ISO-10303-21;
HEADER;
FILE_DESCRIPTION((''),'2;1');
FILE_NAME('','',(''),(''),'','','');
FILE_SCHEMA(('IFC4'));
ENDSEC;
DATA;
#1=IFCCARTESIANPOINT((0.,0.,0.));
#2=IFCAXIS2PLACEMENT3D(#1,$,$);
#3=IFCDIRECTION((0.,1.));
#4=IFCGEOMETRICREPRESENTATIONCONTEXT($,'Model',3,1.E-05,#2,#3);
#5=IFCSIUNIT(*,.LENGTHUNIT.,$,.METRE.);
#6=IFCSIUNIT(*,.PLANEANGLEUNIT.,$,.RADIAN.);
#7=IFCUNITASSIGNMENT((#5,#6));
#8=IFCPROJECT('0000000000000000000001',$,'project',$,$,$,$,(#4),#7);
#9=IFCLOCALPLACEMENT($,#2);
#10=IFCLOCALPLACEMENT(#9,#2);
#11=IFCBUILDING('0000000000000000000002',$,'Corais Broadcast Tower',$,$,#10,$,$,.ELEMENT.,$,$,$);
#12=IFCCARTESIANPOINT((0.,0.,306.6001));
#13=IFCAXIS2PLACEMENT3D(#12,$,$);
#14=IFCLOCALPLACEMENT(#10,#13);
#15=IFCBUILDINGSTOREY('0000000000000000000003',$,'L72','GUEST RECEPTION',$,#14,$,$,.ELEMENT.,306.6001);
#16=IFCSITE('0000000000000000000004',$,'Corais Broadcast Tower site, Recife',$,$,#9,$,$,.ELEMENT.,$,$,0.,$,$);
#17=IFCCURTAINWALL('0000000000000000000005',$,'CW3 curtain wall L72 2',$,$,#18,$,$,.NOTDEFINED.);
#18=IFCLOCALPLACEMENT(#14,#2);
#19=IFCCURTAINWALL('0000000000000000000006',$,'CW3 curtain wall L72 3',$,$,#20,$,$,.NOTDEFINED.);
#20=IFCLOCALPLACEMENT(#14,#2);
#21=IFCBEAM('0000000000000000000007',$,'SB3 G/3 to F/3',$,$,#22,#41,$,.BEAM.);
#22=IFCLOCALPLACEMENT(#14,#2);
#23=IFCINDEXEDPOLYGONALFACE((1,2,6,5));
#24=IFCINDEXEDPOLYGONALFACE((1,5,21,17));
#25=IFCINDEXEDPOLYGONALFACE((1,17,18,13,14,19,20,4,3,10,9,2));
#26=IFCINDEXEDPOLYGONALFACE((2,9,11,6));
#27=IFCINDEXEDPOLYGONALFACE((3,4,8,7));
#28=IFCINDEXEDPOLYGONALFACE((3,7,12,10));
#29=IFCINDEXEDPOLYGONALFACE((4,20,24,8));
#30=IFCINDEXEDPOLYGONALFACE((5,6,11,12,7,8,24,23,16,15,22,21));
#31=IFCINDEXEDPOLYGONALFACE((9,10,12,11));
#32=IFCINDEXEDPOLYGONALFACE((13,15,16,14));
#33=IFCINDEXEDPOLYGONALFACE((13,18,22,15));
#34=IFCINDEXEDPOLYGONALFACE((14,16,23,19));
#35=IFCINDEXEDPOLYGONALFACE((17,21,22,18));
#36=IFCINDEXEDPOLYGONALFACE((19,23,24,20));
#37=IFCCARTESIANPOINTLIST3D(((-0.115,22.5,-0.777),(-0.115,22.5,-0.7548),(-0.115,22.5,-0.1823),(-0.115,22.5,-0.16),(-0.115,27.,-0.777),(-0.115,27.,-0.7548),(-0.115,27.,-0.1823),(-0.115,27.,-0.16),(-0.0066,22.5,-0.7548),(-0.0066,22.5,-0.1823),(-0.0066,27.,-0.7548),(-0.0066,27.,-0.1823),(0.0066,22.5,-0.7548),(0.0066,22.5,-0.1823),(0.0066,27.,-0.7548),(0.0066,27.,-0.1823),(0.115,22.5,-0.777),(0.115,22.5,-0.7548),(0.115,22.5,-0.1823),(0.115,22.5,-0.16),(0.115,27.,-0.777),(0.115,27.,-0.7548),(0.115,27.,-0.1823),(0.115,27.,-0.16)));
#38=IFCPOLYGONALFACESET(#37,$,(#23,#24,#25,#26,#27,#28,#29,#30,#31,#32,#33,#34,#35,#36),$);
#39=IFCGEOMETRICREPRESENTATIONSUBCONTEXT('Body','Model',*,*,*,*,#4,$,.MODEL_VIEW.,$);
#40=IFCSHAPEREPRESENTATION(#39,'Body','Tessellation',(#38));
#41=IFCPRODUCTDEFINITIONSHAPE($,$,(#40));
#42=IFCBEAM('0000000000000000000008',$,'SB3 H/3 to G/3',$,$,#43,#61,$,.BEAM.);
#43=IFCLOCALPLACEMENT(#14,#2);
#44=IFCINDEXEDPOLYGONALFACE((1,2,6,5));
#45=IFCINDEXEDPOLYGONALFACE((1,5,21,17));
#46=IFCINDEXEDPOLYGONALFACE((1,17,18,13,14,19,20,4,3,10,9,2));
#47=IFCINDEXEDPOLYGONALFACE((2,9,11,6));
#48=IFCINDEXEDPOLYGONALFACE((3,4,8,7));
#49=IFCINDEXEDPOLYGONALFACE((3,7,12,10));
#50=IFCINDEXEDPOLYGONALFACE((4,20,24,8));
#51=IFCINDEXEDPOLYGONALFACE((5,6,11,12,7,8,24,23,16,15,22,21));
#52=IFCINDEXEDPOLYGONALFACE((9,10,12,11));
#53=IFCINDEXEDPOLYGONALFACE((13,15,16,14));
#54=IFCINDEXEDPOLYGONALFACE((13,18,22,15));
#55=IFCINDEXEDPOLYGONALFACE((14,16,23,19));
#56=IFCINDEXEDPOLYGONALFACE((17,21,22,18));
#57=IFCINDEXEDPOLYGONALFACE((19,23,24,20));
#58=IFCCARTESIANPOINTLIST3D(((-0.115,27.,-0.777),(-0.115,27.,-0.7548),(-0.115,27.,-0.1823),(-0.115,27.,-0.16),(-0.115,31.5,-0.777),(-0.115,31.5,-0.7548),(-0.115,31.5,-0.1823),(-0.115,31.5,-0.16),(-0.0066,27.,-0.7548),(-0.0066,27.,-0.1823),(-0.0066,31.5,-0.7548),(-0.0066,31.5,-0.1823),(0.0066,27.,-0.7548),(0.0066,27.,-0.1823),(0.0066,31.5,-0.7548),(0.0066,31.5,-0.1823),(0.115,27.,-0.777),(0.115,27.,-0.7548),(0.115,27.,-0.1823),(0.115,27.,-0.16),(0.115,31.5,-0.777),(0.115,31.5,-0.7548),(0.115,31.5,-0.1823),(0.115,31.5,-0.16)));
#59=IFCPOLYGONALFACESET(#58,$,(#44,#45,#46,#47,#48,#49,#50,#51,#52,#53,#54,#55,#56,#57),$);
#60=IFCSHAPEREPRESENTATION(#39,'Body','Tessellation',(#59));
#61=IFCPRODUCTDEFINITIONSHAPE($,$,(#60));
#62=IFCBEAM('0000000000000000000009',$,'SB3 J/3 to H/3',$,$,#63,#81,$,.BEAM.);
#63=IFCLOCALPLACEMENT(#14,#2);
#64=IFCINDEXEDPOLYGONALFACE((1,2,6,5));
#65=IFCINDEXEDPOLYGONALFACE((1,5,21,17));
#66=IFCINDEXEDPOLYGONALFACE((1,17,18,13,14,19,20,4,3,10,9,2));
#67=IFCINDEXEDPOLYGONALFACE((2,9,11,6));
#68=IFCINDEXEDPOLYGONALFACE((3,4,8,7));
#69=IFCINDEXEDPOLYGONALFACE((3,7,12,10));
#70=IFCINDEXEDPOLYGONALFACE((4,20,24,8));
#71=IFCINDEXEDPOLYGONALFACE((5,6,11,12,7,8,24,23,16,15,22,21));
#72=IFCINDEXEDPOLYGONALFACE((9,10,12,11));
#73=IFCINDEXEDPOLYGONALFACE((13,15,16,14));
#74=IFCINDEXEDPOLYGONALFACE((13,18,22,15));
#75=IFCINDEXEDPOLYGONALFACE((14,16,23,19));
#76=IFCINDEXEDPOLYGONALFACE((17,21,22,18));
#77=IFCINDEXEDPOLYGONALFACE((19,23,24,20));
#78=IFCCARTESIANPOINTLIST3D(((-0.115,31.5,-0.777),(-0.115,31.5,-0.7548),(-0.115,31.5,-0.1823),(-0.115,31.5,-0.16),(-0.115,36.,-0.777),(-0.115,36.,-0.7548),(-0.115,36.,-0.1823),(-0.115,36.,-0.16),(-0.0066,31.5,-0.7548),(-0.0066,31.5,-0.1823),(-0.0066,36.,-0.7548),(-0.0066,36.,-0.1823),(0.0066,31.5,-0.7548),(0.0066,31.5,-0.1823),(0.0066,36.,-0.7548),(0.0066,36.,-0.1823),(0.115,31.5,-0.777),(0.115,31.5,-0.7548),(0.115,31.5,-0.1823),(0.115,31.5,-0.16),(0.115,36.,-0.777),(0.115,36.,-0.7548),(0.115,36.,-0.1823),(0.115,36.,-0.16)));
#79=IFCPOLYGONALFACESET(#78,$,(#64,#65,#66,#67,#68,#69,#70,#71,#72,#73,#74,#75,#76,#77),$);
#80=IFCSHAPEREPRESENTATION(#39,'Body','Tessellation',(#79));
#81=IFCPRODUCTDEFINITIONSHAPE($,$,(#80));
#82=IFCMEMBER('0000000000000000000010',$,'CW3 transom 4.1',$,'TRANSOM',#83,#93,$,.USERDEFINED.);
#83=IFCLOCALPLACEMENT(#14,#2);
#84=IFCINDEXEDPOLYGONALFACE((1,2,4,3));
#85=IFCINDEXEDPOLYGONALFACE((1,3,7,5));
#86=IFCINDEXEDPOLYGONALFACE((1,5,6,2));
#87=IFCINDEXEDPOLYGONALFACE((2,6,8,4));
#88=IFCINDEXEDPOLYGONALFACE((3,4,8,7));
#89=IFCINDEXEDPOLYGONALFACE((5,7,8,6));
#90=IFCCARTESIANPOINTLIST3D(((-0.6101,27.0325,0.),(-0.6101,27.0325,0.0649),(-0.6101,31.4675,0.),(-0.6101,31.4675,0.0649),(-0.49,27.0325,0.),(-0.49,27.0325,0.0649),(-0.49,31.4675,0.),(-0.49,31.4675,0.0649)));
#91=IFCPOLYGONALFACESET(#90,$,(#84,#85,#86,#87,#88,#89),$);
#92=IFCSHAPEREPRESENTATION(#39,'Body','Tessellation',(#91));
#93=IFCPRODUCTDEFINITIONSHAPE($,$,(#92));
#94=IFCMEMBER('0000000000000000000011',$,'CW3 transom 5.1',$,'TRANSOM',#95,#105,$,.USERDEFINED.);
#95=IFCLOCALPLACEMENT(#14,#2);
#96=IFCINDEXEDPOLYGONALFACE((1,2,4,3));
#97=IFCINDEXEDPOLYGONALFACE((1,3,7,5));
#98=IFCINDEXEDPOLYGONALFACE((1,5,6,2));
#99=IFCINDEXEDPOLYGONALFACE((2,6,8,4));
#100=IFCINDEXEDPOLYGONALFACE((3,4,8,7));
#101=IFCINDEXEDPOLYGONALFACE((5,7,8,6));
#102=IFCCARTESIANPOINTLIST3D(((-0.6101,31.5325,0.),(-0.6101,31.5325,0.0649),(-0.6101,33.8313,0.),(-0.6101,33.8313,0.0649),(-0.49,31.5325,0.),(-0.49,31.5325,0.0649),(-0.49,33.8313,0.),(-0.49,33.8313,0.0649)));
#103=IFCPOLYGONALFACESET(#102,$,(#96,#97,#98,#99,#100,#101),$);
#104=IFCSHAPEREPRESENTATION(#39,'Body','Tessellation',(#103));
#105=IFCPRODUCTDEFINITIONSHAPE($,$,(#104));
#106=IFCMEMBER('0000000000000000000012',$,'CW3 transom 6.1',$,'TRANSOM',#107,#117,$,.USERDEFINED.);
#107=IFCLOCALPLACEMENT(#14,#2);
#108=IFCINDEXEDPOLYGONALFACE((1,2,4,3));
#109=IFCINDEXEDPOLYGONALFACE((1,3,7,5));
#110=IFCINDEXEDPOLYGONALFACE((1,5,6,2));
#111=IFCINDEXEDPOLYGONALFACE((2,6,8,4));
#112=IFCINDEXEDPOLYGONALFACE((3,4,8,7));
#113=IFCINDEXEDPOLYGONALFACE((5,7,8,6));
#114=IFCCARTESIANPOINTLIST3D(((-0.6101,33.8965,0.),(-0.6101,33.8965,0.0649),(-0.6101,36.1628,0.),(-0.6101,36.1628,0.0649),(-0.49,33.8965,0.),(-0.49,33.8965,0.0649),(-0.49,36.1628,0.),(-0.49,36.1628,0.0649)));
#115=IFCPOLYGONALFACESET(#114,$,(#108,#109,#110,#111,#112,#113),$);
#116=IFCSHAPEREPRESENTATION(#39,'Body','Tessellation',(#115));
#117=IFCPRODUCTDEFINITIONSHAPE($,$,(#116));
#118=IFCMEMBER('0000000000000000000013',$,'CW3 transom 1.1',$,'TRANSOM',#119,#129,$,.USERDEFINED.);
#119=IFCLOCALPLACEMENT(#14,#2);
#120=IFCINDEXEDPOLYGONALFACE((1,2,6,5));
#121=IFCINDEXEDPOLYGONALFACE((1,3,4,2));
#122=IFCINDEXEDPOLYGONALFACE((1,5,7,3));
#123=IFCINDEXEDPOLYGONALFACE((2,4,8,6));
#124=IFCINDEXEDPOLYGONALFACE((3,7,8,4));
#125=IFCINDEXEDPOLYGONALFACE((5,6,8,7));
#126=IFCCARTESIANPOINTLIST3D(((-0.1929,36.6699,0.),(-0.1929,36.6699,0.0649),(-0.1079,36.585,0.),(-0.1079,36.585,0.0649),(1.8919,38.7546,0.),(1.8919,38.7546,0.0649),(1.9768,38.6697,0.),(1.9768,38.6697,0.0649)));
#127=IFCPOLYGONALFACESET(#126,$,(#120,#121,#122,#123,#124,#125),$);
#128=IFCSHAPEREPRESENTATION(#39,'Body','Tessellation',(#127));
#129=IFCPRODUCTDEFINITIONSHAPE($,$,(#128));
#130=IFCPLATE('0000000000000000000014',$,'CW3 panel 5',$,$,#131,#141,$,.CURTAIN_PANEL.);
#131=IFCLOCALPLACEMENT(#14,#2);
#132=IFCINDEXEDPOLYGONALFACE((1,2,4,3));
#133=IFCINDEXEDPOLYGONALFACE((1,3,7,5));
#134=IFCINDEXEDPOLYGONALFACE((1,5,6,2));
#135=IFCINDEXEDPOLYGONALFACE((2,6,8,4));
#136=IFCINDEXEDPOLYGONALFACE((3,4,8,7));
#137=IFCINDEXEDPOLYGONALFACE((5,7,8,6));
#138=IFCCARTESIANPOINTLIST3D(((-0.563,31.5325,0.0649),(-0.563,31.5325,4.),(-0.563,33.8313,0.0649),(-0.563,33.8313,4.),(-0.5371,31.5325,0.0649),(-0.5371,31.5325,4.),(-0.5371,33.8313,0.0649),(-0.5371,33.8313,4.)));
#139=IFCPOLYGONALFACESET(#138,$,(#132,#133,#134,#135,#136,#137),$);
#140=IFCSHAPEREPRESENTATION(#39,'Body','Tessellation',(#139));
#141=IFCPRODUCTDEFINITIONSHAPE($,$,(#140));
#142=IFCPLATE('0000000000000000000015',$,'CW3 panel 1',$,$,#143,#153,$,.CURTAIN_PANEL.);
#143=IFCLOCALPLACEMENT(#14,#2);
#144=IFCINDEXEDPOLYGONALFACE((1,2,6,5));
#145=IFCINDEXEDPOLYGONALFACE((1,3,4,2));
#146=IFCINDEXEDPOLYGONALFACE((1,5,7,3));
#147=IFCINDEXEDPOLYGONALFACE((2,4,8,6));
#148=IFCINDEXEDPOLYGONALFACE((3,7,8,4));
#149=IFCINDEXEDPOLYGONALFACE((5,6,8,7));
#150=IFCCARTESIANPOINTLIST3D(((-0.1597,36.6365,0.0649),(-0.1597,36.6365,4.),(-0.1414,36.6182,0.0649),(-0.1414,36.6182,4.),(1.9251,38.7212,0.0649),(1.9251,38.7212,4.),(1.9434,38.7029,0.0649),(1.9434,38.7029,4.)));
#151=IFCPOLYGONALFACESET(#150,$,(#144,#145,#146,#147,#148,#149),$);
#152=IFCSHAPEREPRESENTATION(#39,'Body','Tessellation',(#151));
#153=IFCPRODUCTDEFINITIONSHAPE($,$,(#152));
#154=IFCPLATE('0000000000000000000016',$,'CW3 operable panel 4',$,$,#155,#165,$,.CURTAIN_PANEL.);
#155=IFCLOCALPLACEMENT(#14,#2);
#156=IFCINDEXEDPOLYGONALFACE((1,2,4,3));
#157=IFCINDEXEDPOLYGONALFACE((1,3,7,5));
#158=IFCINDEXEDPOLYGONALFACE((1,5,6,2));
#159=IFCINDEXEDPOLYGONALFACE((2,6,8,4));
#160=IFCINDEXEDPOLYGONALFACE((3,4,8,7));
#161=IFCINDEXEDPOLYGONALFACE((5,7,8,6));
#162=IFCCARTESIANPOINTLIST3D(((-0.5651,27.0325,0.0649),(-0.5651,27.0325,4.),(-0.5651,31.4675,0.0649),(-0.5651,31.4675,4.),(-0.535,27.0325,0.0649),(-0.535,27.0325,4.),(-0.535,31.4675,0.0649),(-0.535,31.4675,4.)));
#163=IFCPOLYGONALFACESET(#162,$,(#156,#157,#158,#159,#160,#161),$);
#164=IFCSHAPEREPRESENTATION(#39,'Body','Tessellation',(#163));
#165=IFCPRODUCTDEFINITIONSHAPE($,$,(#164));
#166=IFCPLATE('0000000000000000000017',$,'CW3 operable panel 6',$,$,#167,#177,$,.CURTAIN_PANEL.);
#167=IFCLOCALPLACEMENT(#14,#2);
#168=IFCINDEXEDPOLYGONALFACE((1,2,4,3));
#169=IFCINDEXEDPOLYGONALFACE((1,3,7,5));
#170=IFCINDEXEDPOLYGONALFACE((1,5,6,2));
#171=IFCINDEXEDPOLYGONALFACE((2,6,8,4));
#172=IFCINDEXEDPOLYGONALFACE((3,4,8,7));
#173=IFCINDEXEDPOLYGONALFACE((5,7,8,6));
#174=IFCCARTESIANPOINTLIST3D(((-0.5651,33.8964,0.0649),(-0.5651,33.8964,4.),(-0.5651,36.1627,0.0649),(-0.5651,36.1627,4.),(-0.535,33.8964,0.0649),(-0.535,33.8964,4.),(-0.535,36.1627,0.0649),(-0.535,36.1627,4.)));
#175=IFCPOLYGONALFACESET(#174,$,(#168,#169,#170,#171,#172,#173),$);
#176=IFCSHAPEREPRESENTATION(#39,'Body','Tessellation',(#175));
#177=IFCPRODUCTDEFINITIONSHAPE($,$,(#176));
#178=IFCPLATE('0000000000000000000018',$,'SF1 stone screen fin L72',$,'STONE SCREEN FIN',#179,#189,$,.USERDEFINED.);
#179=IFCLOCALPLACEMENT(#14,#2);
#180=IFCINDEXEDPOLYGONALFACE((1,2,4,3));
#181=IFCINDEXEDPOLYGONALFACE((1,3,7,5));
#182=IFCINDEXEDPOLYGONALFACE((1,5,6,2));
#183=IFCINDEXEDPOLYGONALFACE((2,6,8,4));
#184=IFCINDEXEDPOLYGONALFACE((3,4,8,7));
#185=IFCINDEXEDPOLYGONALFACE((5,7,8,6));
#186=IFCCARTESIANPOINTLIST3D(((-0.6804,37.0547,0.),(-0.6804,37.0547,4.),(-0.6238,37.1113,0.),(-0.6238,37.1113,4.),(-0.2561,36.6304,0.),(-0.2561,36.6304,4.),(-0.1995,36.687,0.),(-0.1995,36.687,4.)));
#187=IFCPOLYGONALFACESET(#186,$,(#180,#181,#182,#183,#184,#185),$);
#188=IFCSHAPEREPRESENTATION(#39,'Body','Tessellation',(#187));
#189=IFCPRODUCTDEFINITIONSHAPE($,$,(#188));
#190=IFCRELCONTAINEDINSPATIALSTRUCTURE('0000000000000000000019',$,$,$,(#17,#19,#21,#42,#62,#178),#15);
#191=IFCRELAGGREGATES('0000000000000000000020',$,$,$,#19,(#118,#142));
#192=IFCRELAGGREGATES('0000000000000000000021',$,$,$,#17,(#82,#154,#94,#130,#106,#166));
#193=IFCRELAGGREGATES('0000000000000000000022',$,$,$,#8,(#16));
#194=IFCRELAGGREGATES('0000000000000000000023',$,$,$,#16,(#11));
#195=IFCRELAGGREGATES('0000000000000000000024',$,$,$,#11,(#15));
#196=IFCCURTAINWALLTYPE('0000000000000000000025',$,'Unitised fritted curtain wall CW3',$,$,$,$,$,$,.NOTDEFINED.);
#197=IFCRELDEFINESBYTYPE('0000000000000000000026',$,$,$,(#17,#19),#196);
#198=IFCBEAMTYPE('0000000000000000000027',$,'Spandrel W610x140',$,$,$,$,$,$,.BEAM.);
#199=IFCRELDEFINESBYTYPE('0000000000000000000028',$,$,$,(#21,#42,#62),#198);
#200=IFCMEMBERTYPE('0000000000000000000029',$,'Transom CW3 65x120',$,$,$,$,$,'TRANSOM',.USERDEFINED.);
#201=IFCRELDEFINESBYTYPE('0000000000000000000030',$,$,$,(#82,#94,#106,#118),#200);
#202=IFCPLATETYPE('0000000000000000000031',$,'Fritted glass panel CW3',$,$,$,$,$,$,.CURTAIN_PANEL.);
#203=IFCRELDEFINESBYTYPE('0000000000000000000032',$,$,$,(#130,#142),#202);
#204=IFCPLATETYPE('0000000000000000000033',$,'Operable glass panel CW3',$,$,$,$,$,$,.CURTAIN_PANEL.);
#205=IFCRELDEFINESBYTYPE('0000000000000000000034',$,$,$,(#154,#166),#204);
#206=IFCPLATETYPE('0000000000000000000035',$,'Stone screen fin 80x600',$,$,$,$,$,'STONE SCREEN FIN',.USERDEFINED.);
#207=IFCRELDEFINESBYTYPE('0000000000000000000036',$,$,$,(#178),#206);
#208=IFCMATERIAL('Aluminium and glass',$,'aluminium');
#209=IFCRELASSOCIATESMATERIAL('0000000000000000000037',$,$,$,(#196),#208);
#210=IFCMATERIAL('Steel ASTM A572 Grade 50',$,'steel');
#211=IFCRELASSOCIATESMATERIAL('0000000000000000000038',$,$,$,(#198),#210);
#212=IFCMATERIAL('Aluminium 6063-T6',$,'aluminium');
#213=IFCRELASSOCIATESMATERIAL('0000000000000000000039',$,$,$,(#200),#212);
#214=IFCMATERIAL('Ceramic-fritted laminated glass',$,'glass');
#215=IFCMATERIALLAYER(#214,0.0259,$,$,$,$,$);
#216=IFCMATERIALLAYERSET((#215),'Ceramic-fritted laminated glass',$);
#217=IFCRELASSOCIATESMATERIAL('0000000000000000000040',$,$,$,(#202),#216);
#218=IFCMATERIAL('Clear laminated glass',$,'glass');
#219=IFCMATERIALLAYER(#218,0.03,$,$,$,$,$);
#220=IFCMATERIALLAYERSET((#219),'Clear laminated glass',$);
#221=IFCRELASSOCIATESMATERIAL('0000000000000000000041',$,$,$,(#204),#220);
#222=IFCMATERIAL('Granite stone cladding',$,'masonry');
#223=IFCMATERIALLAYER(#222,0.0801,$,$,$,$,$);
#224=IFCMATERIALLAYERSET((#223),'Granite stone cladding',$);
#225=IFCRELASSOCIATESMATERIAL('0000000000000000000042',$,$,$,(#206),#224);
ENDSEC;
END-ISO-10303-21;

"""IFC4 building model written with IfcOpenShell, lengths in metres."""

from ifc_helpers import new_model, si_unit, direction, frame, origin, origin_2d, place, context, subcontext, project, spatial, rectangle, i_section, extrude, material, layer, layer_set, material_profile, profile_set, type_object, element, aggregate, save


model = new_model("IFC4")

# Units and contexts
model_context = context("Model", 3, precision=1e-05, world=origin(), true_north=direction((0.0, 1.0)))
body_context = subcontext(model_context, "Body", "Model", "MODEL_VIEW")
ifc_project = project(units=[si_unit("LENGTHUNIT", "METRE"), si_unit("PLANEANGLEUNIT", "RADIAN")], contexts=[model_context])

# Site, building, storey
site_placement = place(None, origin())
site = spatial("IfcSite", under=ifc_project, at=site_placement, Name="Corais Broadcast Tower site, Recife", CompositionType="ELEMENT", RefElevation=0.0)
building_placement = place(site_placement, origin())
building = spatial("IfcBuilding", under=site, at=building_placement, Name="Corais Broadcast Tower", CompositionType="ELEMENT")
storey_placement = place(building_placement, frame((0.0, 0.0, 306.6001)))
storey = spatial("IfcBuildingStorey", under=building, at=storey_placement, Name="L72", Description="GUEST RECEPTION", CompositionType="ELEMENT", Elevation=306.6001)

# Curtain walls
ifc_material_1 = material(Name="Aluminium and glass", Category="aluminium")
curtain_wall_type = type_object("IfcCurtainWallType", Name="Unitised fritted curtain wall CW3", PredefinedType="NOTDEFINED", material=ifc_material_1)
curtain_wall_1_placement = place(storey_placement, origin())
curtain_wall_1 = element("IfcCurtainWall", 1, at=curtain_wall_1_placement, inside=storey, type_object=curtain_wall_type, Name="CW3 curtain wall L72 2", PredefinedType="NOTDEFINED")
curtain_wall_2_placement = place(storey_placement, origin())
curtain_wall_2 = element("IfcCurtainWall", 2, at=curtain_wall_2_placement, inside=storey, type_object=curtain_wall_type, Name="CW3 curtain wall L72 3", PredefinedType="NOTDEFINED")

# Beams
ifc_material_2 = material(Name="Steel ASTM A572 Grade 50", Category="steel")
ifc_material_profile_1 = material_profile(ifc_material_2, i_section(OverallWidth=0.23, OverallDepth=0.6169, WebThickness=0.0132, FlangeThickness=0.0222, at=origin_2d()), Name="W610x140")
ifc_profile_set_1 = profile_set([ifc_material_profile_1], Name="Steel ASTM A572 Grade 50")
beam_type_1 = type_object("IfcBeamType", Name="Spandrel W610x140", PredefinedType="BEAM", material=ifc_profile_set_1)
for number, where, z_axis, x_axis, name in (
    (3, (0.0, 27.0, -0.4685), (0.0, -1.0, 0.0), (1.0, 0.0, 0.0), "SB3 G/3 to F/3"),
    (4, (0.0, 31.5, -0.4685), (0.0, -1.0, 0.0), (1.0, 0.0, 0.0), "SB3 H/3 to G/3"),
    (5, (0.0, 36.0, -0.4685), (0.0, -1.0, 0.0), (1.0, 0.0, 0.0), "SB3 J/3 to H/3"),
):
    element("IfcBeam", number, at=place(storey_placement, frame(where, z_axis=z_axis, x_axis=x_axis)), inside=storey, type_object=beam_type_1, Name=name, PredefinedType="BEAM", context=body_context, shape_type="SweptSolid", body=[
        extrude(i_section(OverallWidth=0.23, OverallDepth=0.6169, WebThickness=0.0132, FlangeThickness=0.0222, at=origin_2d()), origin(), (0.0, 0.0, 1.0), 4.5),
    ])

# Members
ifc_material_3 = material(Name="Aluminium 6063-T6", Category="aluminium")
ifc_material_profile_2 = material_profile(ifc_material_3, rectangle(XDim=0.1201, YDim=0.0649, at=origin_2d()), Name="Transom CW3 65x120")
ifc_profile_set_2 = profile_set([ifc_material_profile_2], Name="Aluminium 6063-T6")
member_type_1 = type_object("IfcMemberType", Name="Transom CW3 65x120", ElementType="TRANSOM", PredefinedType="USERDEFINED", material=ifc_profile_set_2)
member_1_placement = place(storey_placement, frame((-0.55, 27.0325, 0.0325), z_axis=(0.0, 1.0, 0.0), x_axis=(-1.0, 0.0, 0.0)))
member_1 = element("IfcMember", 6, at=member_1_placement, type_object=member_type_1, Name="CW3 transom 4.1", ObjectType="TRANSOM", PredefinedType="USERDEFINED", context=body_context, shape_type="SweptSolid", body=[
    extrude(rectangle(XDim=0.1201, YDim=0.0649, at=origin_2d()), origin(), (0.0, 0.0, 1.0), 4.4351),
])
member_2_placement = place(storey_placement, frame((-0.55, 31.5325, 0.0325), z_axis=(0.0, 1.0, 0.0), x_axis=(-1.0, 0.0, 0.0)))
member_2 = element("IfcMember", 7, at=member_2_placement, type_object=member_type_1, Name="CW3 transom 5.1", ObjectType="TRANSOM", PredefinedType="USERDEFINED", context=body_context, shape_type="SweptSolid", body=[
    extrude(rectangle(XDim=0.1201, YDim=0.0649, at=origin_2d()), origin(), (0.0, 0.0, 1.0), 2.2988),
])
member_3_placement = place(storey_placement, frame((-0.55, 33.8965, 0.0325), z_axis=(0.0, 1.0, 0.0), x_axis=(-1.0, 0.0, 0.0)))
member_3 = element("IfcMember", 8, at=member_3_placement, type_object=member_type_1, Name="CW3 transom 6.1", ObjectType="TRANSOM", PredefinedType="USERDEFINED", context=body_context, shape_type="SweptSolid", body=[
    extrude(rectangle(XDim=0.1201, YDim=0.0649, at=origin_2d()), origin(), (0.0, 0.0, 1.0), 2.2664),
])
member_4_placement = place(storey_placement, frame((-0.1504, 36.6274, 0.0325), z_axis=(0.707107, 0.707107, 0.0), x_axis=(-0.707107, 0.707107, 0.0)))
member_4 = element("IfcMember", 9, at=member_4_placement, type_object=member_type_1, Name="CW3 transom 1.1", ObjectType="TRANSOM", PredefinedType="USERDEFINED", context=body_context, shape_type="SweptSolid", body=[
    extrude(rectangle(XDim=0.1201, YDim=0.0649, at=origin_2d()), origin(), (0.0, 0.0, 1.0), 2.9482),
])

# Plates
ifc_material_4 = material(Name="Ceramic-fritted laminated glass", Category="glass")
ifc_layer_1 = layer(ifc_material_4, 0.0259)
ifc_layer_set_1 = layer_set([ifc_layer_1], Name="Ceramic-fritted laminated glass")
plate_type_1 = type_object("IfcPlateType", Name="Fritted glass panel CW3", PredefinedType="CURTAIN_PANEL", material=ifc_layer_set_1)
plate_1_placement = place(storey_placement, frame((-0.55, 32.6819, 0.0649), z_axis=(0.0, 0.0, 1.0), x_axis=(0.0, 1.0, 0.0)))
plate_1 = element("IfcPlate", 10, at=plate_1_placement, type_object=plate_type_1, Name="CW3 panel 5", PredefinedType="CURTAIN_PANEL", context=body_context, shape_type="SweptSolid", body=[
    extrude(rectangle(XDim=2.2988, YDim=0.0259, at=origin_2d()), origin(), (0.0, 0.0, 1.0), 3.9351),
])
plate_2_placement = place(storey_placement, frame((0.8918, 37.6697, 0.0649), z_axis=(0.0, 0.0, 1.0), x_axis=(0.707107, 0.707107, 0.0)))
plate_2 = element("IfcPlate", 11, at=plate_2_placement, type_object=plate_type_1, Name="CW3 panel 1", PredefinedType="CURTAIN_PANEL", context=body_context, shape_type="SweptSolid", body=[
    extrude(rectangle(XDim=2.9482, YDim=0.0259, at=origin_2d()), origin(), (0.0, 0.0, 1.0), 3.9351),
])
aggregate(curtain_wall_2, [member_4, plate_2])
ifc_material_5 = material(Name="Clear laminated glass", Category="glass")
ifc_layer_2 = layer(ifc_material_5, 0.03)
ifc_layer_set_2 = layer_set([ifc_layer_2], Name="Clear laminated glass")
plate_type_2 = type_object("IfcPlateType", Name="Operable glass panel CW3", PredefinedType="CURTAIN_PANEL", material=ifc_layer_set_2)
plate_3_placement = place(storey_placement, frame((-0.55, 29.25, 0.0649), z_axis=(0.0, 0.0, 1.0), x_axis=(0.0, 1.0, 0.0)))
plate_3 = element("IfcPlate", 12, at=plate_3_placement, type_object=plate_type_2, Name="CW3 operable panel 4", PredefinedType="CURTAIN_PANEL", context=body_context, shape_type="SweptSolid", body=[
    extrude(rectangle(XDim=4.4351, YDim=0.03, at=origin_2d()), origin(), (0.0, 0.0, 1.0), 3.9351),
])
plate_4_placement = place(storey_placement, frame((-0.55, 35.0295, 0.0649), z_axis=(0.0, 0.0, 1.0), x_axis=(0.0, 1.0, 0.0)))
plate_4 = element("IfcPlate", 13, at=plate_4_placement, type_object=plate_type_2, Name="CW3 operable panel 6", PredefinedType="CURTAIN_PANEL", context=body_context, shape_type="SweptSolid", body=[
    extrude(rectangle(XDim=2.2664, YDim=0.03, at=origin_2d()), origin(), (0.0, 0.0, 1.0), 3.9351),
])
aggregate(curtain_wall_1, [member_1, plate_3, member_2, plate_1, member_3, plate_4])
ifc_material_6 = material(Name="Granite stone cladding", Category="masonry")
ifc_layer_3 = layer(ifc_material_6, 0.0801)
ifc_layer_set_3 = layer_set([ifc_layer_3], Name="Granite stone cladding")
plate_type_3 = type_object("IfcPlateType", Name="Stone screen fin 80x600", ElementType="STONE SCREEN FIN", PredefinedType="USERDEFINED", material=ifc_layer_set_3)
plate_5_placement = place(storey_placement, frame((-0.4399, 36.8708, 0.0), z_axis=(0.0, 0.0, 1.0), x_axis=(0.707107, 0.707107, 0.0)))
element("IfcPlate", 14, at=plate_5_placement, inside=storey, type_object=plate_type_3, Name="SF1 stone screen fin L72", ObjectType="STONE SCREEN FIN", PredefinedType="USERDEFINED", context=body_context, shape_type="SweptSolid", body=[
    extrude(rectangle(XDim=0.0801, YDim=0.6001, at=origin_2d()), origin(), (0.0, 0.0, 1.0), 4.0),
])

save(model, "model.ifc")
